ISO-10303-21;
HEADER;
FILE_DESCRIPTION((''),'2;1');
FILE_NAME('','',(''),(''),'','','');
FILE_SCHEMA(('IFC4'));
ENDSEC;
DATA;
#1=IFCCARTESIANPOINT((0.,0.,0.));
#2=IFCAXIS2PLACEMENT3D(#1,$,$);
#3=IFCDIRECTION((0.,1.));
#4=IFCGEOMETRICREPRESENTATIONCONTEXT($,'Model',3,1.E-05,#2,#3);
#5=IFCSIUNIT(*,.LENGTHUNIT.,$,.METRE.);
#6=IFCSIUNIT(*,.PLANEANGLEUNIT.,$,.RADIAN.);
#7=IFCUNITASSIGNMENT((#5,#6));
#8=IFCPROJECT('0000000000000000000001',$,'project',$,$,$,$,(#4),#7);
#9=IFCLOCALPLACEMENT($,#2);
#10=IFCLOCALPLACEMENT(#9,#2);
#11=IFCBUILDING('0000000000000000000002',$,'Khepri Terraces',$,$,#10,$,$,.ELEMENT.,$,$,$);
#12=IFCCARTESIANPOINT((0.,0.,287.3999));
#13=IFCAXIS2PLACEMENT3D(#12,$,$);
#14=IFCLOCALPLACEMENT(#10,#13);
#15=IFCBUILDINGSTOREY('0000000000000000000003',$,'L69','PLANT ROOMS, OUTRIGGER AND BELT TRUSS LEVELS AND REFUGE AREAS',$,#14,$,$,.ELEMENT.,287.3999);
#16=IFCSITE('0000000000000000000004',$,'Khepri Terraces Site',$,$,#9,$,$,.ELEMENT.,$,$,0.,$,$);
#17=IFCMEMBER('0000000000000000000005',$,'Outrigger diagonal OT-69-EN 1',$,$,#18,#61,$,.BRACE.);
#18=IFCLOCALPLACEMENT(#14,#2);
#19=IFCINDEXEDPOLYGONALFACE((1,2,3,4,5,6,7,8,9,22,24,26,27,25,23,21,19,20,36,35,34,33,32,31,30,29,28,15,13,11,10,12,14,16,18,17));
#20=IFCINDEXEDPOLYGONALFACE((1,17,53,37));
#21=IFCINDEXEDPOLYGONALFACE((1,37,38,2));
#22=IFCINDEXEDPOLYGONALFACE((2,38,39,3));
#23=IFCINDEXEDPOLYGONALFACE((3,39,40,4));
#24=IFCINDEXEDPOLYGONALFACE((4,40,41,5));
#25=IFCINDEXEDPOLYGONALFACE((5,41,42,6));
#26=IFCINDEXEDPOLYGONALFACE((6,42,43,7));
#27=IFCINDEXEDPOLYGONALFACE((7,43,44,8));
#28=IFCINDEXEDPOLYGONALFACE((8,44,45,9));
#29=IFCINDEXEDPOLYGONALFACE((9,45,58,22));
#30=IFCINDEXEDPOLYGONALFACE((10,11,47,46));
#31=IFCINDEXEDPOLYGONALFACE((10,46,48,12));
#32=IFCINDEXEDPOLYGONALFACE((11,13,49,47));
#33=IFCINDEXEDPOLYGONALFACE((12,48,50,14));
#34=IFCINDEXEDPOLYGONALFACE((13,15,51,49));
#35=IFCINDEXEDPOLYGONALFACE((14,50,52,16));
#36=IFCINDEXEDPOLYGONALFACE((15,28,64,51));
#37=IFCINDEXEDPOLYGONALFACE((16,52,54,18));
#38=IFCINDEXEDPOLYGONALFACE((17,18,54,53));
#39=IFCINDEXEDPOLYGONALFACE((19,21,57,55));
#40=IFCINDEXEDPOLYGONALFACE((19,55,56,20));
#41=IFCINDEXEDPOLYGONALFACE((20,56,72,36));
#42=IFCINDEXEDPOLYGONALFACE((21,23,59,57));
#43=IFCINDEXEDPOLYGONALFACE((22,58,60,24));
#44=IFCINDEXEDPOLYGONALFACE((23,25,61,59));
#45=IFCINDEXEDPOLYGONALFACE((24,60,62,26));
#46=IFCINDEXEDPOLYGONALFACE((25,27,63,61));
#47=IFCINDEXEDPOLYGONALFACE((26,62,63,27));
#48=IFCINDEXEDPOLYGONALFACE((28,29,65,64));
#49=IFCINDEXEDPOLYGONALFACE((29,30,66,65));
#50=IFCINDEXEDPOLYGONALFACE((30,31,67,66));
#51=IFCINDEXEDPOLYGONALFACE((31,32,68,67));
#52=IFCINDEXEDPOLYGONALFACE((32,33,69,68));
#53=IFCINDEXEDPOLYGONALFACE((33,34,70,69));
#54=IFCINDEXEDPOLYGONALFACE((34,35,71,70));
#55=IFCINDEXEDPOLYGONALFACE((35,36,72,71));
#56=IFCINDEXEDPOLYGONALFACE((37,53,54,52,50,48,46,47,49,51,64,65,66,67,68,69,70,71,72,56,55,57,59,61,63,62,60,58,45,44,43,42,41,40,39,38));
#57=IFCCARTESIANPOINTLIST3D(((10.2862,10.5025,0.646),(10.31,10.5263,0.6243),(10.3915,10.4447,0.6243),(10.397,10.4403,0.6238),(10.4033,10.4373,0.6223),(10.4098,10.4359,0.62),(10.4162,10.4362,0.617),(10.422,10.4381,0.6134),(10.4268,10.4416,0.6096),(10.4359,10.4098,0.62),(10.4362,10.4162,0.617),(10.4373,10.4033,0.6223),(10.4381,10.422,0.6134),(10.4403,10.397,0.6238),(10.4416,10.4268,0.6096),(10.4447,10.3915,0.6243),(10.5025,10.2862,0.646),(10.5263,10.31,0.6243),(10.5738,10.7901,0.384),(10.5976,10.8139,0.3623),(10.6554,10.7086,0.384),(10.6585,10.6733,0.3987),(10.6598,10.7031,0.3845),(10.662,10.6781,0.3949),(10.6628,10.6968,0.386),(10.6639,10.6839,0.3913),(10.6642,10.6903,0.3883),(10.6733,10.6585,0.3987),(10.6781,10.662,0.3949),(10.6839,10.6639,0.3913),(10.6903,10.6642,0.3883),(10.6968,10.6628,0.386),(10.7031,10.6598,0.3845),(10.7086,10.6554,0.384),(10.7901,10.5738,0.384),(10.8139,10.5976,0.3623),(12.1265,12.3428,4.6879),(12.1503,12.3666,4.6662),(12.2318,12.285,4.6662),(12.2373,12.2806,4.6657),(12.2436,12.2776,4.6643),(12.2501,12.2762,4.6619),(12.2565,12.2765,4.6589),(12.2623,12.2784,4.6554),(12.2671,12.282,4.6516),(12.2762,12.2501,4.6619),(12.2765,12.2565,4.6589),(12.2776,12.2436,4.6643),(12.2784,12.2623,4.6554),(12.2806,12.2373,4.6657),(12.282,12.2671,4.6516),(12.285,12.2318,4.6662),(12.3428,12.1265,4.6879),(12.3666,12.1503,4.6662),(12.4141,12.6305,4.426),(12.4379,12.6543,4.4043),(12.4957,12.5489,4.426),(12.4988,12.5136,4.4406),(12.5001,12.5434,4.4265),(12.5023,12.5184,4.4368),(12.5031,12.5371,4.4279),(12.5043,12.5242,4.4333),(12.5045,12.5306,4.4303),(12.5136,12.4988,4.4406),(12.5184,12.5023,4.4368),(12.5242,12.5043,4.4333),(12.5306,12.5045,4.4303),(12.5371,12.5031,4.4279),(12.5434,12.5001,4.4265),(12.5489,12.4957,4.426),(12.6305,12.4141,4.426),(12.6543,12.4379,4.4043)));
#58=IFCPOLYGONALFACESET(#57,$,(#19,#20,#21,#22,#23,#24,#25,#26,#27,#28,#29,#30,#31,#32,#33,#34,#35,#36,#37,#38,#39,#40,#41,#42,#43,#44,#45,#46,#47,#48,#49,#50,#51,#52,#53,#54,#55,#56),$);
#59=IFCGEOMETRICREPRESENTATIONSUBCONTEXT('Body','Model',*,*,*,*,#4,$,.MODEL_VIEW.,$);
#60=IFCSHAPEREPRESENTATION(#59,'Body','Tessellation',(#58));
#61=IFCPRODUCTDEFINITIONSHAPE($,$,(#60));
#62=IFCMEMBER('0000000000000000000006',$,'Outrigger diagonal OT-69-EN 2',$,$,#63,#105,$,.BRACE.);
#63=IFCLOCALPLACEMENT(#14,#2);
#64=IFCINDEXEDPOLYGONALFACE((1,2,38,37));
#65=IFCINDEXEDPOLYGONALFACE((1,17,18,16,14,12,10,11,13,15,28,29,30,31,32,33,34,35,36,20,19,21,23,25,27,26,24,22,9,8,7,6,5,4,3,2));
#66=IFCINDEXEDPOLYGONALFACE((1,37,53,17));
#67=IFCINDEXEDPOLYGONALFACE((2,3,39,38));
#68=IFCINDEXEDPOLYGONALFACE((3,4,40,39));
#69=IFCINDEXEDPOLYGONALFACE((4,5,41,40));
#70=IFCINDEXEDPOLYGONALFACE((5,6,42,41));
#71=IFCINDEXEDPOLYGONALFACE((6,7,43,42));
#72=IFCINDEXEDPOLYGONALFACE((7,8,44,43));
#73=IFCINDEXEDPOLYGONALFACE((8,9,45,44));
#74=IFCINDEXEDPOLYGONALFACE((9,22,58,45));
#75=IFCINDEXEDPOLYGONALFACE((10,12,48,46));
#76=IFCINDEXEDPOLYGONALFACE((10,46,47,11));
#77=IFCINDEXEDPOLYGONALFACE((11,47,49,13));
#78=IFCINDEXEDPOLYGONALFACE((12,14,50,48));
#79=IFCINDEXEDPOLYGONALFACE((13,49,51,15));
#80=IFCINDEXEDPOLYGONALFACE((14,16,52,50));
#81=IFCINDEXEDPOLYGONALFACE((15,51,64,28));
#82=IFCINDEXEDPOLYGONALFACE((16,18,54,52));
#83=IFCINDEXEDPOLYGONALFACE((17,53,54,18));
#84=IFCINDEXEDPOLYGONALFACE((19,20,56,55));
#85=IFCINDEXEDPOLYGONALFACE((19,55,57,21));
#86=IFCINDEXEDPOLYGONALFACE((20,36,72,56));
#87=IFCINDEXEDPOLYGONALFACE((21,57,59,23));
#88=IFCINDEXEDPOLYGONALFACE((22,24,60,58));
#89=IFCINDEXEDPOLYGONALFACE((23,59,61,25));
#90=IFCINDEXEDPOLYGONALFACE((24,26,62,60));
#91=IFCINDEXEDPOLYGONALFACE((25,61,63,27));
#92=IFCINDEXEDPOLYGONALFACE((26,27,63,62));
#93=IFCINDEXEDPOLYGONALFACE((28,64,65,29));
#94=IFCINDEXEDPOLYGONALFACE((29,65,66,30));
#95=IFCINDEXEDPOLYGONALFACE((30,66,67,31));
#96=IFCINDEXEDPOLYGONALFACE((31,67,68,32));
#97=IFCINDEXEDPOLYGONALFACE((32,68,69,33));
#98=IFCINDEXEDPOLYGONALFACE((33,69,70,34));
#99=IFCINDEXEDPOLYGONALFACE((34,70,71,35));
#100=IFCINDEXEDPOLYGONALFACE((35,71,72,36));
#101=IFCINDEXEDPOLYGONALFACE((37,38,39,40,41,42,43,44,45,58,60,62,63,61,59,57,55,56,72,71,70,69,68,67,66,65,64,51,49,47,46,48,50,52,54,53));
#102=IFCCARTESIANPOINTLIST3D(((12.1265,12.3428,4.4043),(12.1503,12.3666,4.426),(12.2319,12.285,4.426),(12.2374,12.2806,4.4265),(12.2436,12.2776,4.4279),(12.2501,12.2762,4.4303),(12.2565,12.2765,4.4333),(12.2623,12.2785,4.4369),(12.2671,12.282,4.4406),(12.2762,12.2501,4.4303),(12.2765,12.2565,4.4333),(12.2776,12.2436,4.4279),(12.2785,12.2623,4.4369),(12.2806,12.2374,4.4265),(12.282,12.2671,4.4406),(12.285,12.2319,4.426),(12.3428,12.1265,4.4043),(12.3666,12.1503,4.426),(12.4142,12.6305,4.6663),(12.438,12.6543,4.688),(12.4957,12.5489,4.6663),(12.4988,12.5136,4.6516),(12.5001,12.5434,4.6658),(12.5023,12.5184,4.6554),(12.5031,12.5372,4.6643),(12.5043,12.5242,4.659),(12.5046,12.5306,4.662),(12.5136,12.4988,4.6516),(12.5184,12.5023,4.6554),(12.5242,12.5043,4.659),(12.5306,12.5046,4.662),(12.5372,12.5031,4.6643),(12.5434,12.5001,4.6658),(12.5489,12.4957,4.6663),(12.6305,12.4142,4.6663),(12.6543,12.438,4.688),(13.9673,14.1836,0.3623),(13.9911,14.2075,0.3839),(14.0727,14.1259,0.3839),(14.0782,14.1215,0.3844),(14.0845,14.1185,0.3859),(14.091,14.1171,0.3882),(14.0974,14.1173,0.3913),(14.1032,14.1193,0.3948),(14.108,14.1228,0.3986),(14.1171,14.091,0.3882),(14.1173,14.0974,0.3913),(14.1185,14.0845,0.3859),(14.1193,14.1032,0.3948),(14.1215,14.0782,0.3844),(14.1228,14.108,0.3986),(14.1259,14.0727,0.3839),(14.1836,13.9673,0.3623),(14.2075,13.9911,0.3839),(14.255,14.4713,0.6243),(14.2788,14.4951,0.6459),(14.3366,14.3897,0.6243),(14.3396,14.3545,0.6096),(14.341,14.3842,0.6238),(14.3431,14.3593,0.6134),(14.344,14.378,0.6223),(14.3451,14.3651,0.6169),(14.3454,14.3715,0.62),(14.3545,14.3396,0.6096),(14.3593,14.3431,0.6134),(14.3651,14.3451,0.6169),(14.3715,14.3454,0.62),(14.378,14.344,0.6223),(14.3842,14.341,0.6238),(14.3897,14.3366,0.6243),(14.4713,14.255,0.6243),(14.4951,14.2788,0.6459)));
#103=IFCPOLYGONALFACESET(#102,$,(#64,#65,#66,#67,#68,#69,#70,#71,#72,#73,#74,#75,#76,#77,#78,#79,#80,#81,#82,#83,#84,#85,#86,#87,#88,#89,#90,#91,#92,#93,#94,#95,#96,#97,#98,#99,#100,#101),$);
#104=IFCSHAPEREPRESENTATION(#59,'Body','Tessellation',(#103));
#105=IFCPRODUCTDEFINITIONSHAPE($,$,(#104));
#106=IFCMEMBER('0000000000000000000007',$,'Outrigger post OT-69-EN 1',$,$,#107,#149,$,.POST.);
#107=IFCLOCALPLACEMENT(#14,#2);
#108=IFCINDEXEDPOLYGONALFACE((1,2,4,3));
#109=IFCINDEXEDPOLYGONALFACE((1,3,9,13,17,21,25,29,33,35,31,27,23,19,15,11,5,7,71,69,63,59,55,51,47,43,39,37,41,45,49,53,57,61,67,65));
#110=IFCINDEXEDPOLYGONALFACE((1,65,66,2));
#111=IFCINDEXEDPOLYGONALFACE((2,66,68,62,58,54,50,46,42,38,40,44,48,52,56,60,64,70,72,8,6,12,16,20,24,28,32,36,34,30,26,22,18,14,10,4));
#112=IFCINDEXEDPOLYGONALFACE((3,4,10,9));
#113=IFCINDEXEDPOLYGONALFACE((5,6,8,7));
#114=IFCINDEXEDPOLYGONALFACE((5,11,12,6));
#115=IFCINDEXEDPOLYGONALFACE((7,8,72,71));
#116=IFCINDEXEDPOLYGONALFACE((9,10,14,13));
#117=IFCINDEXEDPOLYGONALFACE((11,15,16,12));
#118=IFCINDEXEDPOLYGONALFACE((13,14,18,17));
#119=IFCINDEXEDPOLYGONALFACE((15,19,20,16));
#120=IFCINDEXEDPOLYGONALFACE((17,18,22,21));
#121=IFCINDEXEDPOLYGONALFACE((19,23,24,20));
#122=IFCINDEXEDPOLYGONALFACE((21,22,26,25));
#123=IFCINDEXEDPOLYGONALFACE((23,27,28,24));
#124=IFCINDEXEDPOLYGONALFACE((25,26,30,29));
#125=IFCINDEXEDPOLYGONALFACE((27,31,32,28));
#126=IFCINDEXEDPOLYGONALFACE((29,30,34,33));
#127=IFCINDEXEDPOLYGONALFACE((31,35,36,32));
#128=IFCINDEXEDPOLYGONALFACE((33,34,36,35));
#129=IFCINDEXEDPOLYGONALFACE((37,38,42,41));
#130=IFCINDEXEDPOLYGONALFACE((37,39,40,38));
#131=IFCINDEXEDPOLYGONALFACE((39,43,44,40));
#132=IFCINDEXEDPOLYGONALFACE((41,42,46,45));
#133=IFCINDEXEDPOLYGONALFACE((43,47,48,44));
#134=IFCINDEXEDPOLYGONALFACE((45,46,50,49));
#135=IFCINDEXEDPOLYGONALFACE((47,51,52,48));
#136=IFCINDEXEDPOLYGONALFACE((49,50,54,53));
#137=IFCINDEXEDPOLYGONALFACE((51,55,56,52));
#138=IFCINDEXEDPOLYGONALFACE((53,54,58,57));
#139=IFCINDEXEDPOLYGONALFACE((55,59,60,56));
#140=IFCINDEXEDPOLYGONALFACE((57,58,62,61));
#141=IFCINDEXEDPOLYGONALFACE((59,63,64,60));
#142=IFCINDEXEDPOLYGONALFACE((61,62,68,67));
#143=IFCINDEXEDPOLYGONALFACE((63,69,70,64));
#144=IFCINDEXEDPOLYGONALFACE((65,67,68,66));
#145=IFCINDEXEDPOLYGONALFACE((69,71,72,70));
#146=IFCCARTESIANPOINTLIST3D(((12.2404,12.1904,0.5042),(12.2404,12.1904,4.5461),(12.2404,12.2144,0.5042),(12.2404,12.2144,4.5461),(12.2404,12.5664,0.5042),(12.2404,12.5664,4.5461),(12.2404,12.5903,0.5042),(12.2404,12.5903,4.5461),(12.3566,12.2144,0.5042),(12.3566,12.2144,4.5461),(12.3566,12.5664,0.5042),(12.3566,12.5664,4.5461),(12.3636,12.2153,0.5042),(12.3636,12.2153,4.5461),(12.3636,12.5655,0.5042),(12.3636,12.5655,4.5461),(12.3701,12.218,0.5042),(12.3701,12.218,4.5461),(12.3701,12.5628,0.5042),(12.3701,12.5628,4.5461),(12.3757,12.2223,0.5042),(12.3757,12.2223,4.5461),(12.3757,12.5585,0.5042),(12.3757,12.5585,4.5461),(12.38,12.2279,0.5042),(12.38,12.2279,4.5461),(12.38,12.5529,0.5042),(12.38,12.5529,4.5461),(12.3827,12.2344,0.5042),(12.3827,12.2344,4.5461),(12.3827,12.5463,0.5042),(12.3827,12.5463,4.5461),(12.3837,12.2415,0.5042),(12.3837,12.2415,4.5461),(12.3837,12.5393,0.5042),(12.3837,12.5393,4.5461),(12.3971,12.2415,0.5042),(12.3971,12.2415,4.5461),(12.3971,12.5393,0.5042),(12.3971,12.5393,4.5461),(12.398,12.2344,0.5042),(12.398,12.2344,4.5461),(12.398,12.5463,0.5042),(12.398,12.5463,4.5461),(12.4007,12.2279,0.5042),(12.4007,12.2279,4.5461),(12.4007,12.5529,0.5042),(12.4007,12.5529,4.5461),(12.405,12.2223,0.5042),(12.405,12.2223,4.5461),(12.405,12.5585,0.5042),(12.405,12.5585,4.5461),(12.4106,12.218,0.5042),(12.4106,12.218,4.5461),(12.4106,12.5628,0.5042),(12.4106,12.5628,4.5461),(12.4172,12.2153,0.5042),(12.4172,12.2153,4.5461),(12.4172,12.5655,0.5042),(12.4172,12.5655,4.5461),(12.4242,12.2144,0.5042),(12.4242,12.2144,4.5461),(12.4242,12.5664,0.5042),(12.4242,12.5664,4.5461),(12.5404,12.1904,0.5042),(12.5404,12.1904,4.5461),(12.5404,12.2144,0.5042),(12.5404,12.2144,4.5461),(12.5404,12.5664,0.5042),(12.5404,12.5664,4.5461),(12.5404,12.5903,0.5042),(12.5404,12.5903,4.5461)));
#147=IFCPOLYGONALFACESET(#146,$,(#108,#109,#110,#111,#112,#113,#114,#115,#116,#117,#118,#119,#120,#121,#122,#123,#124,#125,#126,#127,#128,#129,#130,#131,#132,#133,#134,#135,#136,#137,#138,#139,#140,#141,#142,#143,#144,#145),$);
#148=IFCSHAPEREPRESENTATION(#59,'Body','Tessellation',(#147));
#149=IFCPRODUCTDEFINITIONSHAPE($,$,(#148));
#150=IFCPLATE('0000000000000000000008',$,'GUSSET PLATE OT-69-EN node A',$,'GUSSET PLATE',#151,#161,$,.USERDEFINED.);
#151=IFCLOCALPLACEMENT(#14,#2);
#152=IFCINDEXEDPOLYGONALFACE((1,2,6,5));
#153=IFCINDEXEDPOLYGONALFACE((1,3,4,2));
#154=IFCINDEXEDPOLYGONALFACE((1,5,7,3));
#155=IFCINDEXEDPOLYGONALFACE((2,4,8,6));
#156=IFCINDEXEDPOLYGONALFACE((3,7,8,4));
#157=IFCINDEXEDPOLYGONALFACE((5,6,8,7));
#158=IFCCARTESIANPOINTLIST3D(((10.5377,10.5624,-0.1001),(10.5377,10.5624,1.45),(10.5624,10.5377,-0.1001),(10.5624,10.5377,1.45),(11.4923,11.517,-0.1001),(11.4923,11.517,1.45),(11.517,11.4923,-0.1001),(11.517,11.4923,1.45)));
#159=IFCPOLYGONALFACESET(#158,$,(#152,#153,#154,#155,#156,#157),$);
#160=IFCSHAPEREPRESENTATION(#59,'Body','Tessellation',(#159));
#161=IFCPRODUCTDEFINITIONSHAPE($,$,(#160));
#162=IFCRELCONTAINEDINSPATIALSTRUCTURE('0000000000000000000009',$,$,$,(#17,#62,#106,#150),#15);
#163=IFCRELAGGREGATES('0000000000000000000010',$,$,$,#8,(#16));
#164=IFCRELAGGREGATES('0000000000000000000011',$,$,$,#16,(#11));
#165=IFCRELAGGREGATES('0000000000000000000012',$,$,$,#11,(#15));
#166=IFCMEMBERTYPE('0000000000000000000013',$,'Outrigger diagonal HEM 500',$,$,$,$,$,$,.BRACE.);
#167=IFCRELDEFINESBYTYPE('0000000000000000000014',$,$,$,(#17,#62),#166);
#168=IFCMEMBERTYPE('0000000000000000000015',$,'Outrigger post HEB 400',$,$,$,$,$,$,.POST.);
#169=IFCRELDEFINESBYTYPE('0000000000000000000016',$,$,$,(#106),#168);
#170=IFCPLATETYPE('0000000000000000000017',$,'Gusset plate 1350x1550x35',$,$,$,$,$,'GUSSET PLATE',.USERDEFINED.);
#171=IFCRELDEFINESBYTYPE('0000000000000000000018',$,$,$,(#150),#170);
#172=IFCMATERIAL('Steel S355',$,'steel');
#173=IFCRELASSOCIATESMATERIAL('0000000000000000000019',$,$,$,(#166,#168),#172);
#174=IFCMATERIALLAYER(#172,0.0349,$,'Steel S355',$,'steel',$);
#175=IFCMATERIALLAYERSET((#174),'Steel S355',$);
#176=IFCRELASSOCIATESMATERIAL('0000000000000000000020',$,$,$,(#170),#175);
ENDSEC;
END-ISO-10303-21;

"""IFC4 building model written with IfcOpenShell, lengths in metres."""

from ifc_helpers import new_model, si_unit, direction, frame, origin, origin_2d, place, context, subcontext, project, spatial, rectangle, i_section, extrude, material, layer, layer_set, material_profile, profile_set, type_object, element, save


model = new_model("IFC4")

# Units and contexts
model_context = context("Model", 3, precision=1e-05, world=origin(), true_north=direction((0.0, 1.0)))
body_context = subcontext(model_context, "Body", "Model", "MODEL_VIEW")
ifc_project = project(units=[si_unit("LENGTHUNIT", "METRE"), si_unit("PLANEANGLEUNIT", "RADIAN")], contexts=[model_context])

# Site, building, storey
site_placement = place(None, origin())
site = spatial("IfcSite", under=ifc_project, at=site_placement, Name="Khepri Terraces Site", CompositionType="ELEMENT", RefElevation=0.0)
building_placement = place(site_placement, origin())
building = spatial("IfcBuilding", under=site, at=building_placement, Name="Khepri Terraces", CompositionType="ELEMENT")
storey_placement = place(building_placement, frame((0.0, 0.0, 287.3999)))
storey = spatial("IfcBuildingStorey", under=building, at=storey_placement, Name="L69", Description="PLANT ROOMS, OUTRIGGER AND BELT TRUSS LEVELS AND REFUGE AREAS", CompositionType="ELEMENT", Elevation=287.3999)

# Members
ifc_material_1 = material(Name="Steel S355", Category="steel")
ifc_material_profile_1 = material_profile(ifc_material_1, i_section(OverallWidth=0.3059, OverallDepth=0.5239, WebThickness=0.021, FlangeThickness=0.04, FilletRadius=0.0271, at=origin_2d()), Name="Steel S355", Category="steel")
ifc_profile_set_1 = profile_set([ifc_material_profile_1], Name="Steel S355")
member_type_1 = type_object("IfcMemberType", Name="Outrigger diagonal HEM 500", PredefinedType="BRACE", material=ifc_profile_set_1)
member_1_placement = place(storey_placement, frame((10.55, 10.55, 0.5042), z_axis=(0.38281, 0.38281, 0.840781), x_axis=(-0.707107, 0.707107, 0.0)))
element("IfcMember", 1, at=member_1_placement, inside=storey, type_object=member_type_1, Name="Outrigger diagonal OT-69-EN 1", PredefinedType="BRACE", context=body_context, shape_type="SweptSolid", body=[
    extrude(i_section(OverallWidth=0.3059, OverallDepth=0.5239, WebThickness=0.021, FlangeThickness=0.04, FilletRadius=0.0271, at=origin_2d()), origin(), (0.0, 0.0, 1.0), 4.8074),
])
member_2_placement = place(storey_placement, frame((12.3904, 12.3904, 4.5461), z_axis=(0.382882, 0.382882, -0.840716), x_axis=(-0.707107, 0.707107, 0.0)))
element("IfcMember", 2, at=member_2_placement, inside=storey, type_object=member_type_1, Name="Outrigger diagonal OT-69-EN 2", PredefinedType="BRACE", context=body_context, shape_type="SweptSolid", body=[
    extrude(i_section(OverallWidth=0.3059, OverallDepth=0.5239, WebThickness=0.021, FlangeThickness=0.04, FilletRadius=0.0271, at=origin_2d()), origin(), (0.0, 0.0, 1.0), 4.8079),
])
ifc_material_profile_2 = material_profile(ifc_material_1, i_section(OverallWidth=0.3, OverallDepth=0.3999, WebThickness=0.0134, FlangeThickness=0.0239, FilletRadius=0.0271, at=origin_2d()), Name="Steel S355", Category="steel")
ifc_profile_set_2 = profile_set([ifc_material_profile_2], Name="Steel S355")
member_type_2 = type_object("IfcMemberType", Name="Outrigger post HEB 400", PredefinedType="POST", material=ifc_profile_set_2)
member_3_placement = place(storey_placement, frame((12.3904, 12.3904, 0.5042), z_axis=(0.0, 0.0, 1.0), x_axis=(1.0, 0.0, 0.0)))
element("IfcMember", 3, at=member_3_placement, inside=storey, type_object=member_type_2, Name="Outrigger post OT-69-EN 1", PredefinedType="POST", context=body_context, shape_type="SweptSolid", body=[
    extrude(i_section(OverallWidth=0.3, OverallDepth=0.3999, WebThickness=0.0134, FlangeThickness=0.0239, FilletRadius=0.0271, at=origin_2d()), origin(), (0.0, 0.0, 1.0), 4.042),
])

# Plate
ifc_layer = layer(ifc_material_1, 0.0349, Name="Steel S355", Category="steel")
ifc_layer_set = layer_set([ifc_layer], Name="Steel S355")
plate_type = type_object("IfcPlateType", Name="Gusset plate 1350x1550x35", ElementType="GUSSET PLATE", PredefinedType="USERDEFINED", material=ifc_layer_set)
plate_placement = place(storey_placement, frame((11.0273, 11.0273, -0.1001), z_axis=(0.0, 0.0, 1.0), x_axis=(0.707107, 0.707107, 0.0)))
element("IfcPlate", 4, at=plate_placement, inside=storey, type_object=plate_type, Name="GUSSET PLATE OT-69-EN node A", ObjectType="GUSSET PLATE", PredefinedType="USERDEFINED", context=body_context, shape_type="SweptSolid", body=[
    extrude(rectangle(XDim=1.3501, YDim=0.0349, at=origin_2d()), origin(), (0.0, 0.0, 1.0), 1.55),
])

save(model, "model.ifc")
